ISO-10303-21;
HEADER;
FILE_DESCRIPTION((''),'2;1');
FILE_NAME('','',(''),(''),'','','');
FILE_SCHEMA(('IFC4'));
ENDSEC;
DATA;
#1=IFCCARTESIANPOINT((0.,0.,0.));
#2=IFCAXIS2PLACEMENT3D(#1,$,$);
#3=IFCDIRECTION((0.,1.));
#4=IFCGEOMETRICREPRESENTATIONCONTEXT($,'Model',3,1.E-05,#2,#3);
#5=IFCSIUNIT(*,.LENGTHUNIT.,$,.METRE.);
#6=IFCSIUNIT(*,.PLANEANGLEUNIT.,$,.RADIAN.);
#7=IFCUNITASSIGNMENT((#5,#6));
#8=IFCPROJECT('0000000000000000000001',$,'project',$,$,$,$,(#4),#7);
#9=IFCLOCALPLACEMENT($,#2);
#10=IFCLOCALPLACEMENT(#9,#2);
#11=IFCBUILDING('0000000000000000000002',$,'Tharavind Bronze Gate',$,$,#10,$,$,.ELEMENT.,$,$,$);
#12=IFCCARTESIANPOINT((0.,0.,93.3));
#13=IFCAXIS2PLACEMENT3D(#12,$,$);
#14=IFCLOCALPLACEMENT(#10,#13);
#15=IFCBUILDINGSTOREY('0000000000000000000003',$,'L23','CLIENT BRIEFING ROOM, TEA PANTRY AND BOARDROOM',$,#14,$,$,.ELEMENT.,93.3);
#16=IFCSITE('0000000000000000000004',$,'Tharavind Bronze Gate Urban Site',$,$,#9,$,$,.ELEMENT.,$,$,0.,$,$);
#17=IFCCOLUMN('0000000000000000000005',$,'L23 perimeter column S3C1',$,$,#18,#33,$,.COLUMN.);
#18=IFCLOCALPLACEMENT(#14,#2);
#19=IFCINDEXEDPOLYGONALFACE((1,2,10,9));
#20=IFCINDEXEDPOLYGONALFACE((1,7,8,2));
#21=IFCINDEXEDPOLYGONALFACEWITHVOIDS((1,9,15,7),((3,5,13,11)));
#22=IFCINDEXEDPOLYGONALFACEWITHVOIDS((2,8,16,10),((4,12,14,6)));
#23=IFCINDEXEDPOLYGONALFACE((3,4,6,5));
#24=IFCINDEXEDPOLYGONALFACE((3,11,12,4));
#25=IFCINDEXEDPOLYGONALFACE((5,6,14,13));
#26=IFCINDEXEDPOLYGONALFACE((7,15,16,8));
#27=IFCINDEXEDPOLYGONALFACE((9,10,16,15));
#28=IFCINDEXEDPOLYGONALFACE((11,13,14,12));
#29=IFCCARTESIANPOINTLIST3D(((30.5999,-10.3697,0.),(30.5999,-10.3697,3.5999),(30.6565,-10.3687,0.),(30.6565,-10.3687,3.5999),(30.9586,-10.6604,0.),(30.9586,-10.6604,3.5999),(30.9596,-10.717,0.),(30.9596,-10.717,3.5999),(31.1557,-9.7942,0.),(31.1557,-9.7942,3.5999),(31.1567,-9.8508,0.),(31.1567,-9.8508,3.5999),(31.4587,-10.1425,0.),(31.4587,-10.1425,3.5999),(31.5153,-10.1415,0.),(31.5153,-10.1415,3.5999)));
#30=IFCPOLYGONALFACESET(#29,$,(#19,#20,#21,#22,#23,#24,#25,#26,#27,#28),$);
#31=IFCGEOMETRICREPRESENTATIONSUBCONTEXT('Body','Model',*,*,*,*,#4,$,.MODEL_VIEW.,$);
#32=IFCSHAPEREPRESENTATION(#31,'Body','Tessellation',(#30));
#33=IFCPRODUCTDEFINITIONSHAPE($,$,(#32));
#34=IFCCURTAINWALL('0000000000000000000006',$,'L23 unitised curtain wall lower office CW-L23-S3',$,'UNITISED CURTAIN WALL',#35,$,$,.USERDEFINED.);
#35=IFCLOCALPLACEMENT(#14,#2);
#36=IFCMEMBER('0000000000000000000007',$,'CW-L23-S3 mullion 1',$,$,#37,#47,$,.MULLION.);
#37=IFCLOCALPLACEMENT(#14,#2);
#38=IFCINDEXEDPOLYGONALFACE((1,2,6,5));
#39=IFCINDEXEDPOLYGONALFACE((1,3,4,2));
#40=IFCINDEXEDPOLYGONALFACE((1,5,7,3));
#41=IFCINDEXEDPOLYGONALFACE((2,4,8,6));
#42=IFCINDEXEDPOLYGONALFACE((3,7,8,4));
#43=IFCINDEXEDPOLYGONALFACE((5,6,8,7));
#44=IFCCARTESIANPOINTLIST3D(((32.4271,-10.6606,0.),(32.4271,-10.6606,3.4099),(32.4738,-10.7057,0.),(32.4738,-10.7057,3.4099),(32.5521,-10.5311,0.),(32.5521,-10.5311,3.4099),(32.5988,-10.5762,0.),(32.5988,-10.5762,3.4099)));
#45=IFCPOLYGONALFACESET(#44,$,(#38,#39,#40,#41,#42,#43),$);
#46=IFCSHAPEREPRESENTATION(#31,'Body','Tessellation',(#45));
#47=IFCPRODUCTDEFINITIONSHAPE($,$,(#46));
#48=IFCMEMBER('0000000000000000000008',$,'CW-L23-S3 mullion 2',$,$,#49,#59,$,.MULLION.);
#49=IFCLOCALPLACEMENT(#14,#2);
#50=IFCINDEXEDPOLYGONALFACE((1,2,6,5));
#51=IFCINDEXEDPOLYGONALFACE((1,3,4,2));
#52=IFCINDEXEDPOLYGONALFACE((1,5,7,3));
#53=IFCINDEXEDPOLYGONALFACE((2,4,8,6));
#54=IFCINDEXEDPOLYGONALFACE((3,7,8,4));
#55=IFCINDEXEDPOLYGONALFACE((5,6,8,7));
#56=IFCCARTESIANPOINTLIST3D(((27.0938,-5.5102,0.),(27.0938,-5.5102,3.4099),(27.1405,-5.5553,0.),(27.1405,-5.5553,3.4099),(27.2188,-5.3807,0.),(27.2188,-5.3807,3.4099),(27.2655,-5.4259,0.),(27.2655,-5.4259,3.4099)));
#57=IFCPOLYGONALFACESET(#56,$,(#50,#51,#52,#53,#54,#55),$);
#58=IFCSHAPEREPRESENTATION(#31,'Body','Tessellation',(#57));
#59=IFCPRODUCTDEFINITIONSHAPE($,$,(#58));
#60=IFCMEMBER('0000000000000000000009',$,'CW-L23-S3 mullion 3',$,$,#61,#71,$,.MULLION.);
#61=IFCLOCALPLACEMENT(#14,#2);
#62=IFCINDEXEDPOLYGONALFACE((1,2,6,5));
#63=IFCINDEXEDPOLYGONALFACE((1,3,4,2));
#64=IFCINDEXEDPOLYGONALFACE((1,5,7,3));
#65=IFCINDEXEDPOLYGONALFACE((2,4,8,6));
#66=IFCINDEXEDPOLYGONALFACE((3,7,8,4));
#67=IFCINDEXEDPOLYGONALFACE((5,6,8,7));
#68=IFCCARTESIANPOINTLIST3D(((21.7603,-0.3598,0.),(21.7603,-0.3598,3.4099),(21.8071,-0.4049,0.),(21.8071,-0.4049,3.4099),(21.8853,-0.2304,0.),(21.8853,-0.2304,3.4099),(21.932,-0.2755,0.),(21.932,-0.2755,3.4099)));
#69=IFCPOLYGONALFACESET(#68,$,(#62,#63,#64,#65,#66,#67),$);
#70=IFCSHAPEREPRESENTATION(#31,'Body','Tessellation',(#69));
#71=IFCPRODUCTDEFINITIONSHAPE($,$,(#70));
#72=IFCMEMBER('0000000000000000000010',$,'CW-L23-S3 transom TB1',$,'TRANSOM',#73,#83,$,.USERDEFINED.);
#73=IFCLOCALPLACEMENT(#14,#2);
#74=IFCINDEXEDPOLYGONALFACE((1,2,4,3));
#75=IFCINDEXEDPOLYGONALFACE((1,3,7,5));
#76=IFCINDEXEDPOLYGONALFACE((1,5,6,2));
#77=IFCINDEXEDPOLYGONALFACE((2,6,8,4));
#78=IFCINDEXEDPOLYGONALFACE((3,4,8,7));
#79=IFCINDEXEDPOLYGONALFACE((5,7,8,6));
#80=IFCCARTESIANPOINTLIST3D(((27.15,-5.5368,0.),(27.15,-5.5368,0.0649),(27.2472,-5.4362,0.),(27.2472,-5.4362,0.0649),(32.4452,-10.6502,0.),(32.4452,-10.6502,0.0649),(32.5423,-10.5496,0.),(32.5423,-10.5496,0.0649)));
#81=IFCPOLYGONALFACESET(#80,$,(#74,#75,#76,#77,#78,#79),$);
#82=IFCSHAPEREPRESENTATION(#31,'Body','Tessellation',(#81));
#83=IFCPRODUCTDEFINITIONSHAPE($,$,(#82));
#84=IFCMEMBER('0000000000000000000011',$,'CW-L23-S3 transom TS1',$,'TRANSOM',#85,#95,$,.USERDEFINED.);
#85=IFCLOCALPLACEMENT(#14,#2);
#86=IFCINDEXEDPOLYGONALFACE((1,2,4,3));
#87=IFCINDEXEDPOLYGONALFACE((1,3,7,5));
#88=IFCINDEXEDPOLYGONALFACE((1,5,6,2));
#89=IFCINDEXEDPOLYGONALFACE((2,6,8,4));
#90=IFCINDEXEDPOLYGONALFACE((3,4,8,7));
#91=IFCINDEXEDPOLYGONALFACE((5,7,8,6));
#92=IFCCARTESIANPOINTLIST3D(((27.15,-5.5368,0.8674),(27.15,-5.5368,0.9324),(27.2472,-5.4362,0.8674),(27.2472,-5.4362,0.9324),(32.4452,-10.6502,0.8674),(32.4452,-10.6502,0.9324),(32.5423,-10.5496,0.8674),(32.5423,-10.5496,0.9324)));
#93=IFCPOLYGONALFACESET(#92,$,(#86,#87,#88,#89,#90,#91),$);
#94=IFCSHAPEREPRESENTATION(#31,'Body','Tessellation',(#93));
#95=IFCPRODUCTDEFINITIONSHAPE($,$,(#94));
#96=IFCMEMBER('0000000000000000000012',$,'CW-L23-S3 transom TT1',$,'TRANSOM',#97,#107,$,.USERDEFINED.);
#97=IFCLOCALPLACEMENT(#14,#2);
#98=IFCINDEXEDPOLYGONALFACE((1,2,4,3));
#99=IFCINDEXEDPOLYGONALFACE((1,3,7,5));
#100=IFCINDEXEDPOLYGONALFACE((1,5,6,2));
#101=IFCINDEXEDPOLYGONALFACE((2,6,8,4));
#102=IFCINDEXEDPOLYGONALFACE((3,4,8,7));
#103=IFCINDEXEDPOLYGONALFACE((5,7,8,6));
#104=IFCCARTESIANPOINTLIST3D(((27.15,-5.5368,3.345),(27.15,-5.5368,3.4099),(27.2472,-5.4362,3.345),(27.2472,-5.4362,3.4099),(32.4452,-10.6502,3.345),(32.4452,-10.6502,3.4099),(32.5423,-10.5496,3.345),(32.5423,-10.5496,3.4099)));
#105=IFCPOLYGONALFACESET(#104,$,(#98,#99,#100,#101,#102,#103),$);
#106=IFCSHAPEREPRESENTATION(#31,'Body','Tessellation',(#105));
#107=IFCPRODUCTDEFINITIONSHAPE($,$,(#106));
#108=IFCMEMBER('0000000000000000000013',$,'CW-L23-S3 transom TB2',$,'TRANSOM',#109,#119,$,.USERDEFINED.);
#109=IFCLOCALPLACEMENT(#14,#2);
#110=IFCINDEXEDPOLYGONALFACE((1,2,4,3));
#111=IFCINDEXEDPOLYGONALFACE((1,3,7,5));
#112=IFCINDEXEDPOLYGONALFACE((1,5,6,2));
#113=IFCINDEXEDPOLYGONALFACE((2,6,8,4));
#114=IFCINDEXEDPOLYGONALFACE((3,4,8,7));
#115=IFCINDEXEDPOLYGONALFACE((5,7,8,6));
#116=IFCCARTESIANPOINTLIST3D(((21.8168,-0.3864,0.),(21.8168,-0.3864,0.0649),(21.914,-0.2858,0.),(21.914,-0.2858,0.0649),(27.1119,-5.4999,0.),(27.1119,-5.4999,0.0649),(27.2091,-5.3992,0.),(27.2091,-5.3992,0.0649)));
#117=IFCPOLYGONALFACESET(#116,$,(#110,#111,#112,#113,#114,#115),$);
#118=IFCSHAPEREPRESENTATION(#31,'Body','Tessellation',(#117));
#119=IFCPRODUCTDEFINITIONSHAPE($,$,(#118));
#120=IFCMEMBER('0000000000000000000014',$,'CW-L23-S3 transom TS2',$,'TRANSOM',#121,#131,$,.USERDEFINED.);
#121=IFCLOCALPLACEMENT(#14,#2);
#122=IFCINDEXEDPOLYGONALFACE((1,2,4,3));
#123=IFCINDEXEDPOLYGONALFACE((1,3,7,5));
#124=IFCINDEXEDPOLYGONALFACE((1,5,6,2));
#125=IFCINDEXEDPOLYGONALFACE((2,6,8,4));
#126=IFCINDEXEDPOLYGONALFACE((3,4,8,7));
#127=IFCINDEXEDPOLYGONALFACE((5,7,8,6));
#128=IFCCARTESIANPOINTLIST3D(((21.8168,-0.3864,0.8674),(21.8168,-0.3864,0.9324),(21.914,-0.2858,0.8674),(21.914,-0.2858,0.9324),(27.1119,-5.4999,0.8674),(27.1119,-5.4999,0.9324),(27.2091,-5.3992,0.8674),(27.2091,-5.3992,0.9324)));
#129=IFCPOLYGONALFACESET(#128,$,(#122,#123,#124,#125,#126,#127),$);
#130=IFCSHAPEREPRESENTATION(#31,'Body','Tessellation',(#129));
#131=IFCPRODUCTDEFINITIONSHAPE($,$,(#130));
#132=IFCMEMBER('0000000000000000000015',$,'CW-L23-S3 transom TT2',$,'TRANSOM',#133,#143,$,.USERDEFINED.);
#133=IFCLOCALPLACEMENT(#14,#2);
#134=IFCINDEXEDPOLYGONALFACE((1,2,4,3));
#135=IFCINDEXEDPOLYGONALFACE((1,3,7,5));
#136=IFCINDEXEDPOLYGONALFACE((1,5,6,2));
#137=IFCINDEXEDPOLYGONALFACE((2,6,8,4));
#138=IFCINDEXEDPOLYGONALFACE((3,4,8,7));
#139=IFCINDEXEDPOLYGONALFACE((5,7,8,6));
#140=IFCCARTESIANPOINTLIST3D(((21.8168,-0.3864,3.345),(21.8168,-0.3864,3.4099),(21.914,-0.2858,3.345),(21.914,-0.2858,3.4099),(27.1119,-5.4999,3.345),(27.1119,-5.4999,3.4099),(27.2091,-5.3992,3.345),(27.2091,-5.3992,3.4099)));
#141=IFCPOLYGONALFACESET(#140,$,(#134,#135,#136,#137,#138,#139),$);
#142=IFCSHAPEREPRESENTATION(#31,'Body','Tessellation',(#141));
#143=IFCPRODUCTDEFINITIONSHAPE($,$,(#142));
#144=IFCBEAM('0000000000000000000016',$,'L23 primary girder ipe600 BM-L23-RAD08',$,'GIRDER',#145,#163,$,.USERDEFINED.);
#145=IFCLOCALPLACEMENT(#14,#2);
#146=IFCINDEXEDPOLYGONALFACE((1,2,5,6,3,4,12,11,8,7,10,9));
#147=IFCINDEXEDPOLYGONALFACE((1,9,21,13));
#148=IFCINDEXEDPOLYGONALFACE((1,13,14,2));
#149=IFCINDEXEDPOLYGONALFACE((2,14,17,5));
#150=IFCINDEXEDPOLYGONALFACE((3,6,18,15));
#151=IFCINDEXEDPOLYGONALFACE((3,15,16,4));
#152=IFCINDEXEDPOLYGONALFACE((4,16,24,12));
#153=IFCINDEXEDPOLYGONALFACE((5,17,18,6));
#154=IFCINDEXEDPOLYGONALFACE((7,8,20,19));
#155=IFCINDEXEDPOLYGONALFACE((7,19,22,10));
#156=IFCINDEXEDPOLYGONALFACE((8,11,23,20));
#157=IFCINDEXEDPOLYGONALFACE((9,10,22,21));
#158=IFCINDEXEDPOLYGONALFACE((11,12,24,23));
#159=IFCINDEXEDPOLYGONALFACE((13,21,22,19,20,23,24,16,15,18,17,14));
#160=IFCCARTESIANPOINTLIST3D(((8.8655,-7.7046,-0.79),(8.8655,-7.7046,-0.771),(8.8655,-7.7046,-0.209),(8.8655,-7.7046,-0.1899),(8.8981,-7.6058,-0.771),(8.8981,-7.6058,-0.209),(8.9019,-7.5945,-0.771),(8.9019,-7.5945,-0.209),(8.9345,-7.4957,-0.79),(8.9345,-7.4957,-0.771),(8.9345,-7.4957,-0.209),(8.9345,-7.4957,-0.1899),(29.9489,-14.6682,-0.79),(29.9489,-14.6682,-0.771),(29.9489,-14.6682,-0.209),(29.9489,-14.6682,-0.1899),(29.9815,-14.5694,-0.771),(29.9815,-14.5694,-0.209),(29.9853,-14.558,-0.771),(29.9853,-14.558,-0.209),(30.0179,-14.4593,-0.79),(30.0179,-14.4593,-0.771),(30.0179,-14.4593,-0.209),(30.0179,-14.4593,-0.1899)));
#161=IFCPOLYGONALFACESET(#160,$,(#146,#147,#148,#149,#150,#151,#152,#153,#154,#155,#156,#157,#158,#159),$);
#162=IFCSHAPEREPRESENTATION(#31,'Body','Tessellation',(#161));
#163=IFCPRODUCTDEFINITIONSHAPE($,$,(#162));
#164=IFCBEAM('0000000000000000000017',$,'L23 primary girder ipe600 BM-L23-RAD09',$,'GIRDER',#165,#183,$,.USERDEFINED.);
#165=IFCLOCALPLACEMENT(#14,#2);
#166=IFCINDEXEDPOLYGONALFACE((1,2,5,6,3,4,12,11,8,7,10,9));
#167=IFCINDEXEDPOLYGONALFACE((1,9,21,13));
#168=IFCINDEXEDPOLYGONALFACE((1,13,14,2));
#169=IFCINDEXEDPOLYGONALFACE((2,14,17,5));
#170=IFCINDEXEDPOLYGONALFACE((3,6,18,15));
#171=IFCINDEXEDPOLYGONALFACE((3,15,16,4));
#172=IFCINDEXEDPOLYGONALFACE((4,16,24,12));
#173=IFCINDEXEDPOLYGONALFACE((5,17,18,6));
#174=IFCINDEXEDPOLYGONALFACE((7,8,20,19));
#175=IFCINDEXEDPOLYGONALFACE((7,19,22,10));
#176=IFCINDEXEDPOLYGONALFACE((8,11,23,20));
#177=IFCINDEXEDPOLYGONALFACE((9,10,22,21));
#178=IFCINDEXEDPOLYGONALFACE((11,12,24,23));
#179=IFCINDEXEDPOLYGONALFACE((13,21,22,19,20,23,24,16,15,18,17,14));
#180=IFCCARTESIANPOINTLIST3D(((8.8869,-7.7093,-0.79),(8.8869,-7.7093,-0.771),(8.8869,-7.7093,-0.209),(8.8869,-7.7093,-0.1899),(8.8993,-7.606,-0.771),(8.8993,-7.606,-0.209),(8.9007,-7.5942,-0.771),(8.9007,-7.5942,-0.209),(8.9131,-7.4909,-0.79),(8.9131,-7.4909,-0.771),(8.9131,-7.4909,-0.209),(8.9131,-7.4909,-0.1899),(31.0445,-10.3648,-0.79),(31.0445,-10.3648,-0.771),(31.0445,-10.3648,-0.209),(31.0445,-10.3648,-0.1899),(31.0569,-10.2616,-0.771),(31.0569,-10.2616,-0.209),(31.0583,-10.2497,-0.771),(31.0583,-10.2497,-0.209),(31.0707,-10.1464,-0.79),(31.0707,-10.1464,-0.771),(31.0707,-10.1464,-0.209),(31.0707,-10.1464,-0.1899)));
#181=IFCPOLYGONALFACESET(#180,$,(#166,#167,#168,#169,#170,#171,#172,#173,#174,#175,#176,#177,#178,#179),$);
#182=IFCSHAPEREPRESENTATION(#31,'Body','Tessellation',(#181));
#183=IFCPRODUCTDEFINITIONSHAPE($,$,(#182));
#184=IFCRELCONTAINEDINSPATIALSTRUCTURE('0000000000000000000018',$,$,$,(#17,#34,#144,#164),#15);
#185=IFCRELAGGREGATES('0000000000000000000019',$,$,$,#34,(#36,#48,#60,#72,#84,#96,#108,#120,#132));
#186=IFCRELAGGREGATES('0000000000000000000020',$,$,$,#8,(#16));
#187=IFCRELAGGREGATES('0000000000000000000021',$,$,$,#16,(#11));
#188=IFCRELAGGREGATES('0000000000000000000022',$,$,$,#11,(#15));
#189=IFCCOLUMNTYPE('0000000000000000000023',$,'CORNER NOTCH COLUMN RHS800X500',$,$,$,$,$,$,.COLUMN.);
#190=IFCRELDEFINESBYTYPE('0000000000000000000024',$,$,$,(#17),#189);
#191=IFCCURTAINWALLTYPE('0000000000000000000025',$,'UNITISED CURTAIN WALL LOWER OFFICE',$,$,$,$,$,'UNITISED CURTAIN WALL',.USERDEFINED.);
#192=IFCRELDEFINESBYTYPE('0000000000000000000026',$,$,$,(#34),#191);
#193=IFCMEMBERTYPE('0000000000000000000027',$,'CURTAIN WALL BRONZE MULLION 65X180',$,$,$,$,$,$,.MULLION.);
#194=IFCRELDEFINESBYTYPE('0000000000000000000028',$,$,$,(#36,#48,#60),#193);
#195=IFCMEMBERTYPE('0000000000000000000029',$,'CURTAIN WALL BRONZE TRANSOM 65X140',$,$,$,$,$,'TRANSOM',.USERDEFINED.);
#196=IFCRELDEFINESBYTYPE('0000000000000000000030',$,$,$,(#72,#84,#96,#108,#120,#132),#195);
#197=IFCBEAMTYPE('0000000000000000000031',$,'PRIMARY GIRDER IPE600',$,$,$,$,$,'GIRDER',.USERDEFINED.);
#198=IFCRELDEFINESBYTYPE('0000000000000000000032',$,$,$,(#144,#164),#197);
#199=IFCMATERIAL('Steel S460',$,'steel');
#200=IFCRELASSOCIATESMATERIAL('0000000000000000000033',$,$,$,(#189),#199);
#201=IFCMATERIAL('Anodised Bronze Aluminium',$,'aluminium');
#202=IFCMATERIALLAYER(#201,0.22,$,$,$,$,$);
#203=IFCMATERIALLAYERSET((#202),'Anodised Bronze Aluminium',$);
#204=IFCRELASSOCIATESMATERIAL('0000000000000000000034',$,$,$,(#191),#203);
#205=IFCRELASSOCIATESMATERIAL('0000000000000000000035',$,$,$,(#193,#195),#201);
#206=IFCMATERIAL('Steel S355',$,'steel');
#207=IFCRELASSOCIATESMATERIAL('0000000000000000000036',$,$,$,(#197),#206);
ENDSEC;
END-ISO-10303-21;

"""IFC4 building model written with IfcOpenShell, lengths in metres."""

from ifc_helpers import new_model, si_unit, direction, frame, origin, origin_2d, place, context, subcontext, project, spatial, rectangle, hollow_rectangle, i_section, extrude, material, layer, layer_set, material_profile, profile_set, type_object, element, aggregate, save


model = new_model("IFC4")

# Units and contexts
model_context = context("Model", 3, precision=1e-05, world=origin(), true_north=direction((0.0, 1.0)))
body_context = subcontext(model_context, "Body", "Model", "MODEL_VIEW")
ifc_project = project(units=[si_unit("LENGTHUNIT", "METRE"), si_unit("PLANEANGLEUNIT", "RADIAN")], contexts=[model_context])

# Site, building, storey
site_placement = place(None, origin())
site = spatial("IfcSite", under=ifc_project, at=site_placement, Name="Tharavind Bronze Gate Urban Site", CompositionType="ELEMENT", RefElevation=0.0)
building_placement = place(site_placement, origin())
building = spatial("IfcBuilding", under=site, at=building_placement, Name="Tharavind Bronze Gate", CompositionType="ELEMENT")
storey_placement = place(building_placement, frame((0.0, 0.0, 93.3)))
storey = spatial("IfcBuildingStorey", under=building, at=storey_placement, Name="L23", Description="CLIENT BRIEFING ROOM, TEA PANTRY AND BOARDROOM", CompositionType="ELEMENT", Elevation=93.3)

# Column
ifc_material_1 = material(Name="Steel S460", Category="steel")
ifc_material_profile_1 = material_profile(ifc_material_1, hollow_rectangle(XDim=0.5, YDim=0.8, WallThickness=0.04, at=origin_2d()), Name="RHS800X500X40")
ifc_profile_set_1 = profile_set([ifc_material_profile_1], Name="Steel S460")
column_type = type_object("IfcColumnType", Name="CORNER NOTCH COLUMN RHS800X500", PredefinedType="COLUMN", material=ifc_profile_set_1)
column_placement = place(storey_placement, frame((31.0576, -10.2556, 0.0), z_axis=(0.0, 0.0, 1.0), x_axis=(-0.71934, 0.694658, 0.0)))
element("IfcColumn", 1, at=column_placement, inside=storey, type_object=column_type, Name="L23 perimeter column S3C1", PredefinedType="COLUMN", context=body_context, shape_type="SweptSolid", body=[
    extrude(hollow_rectangle(XDim=0.5, YDim=0.8, WallThickness=0.04, at=origin_2d()), origin(), (0.0, 0.0, 1.0), 3.5999),
])

# Curtain wall, members
ifc_material_2 = material(Name="Anodised Bronze Aluminium", Category="aluminium")
ifc_layer_1 = layer(ifc_material_2, 0.22)
ifc_layer_set_1 = layer_set([ifc_layer_1], Name="Anodised Bronze Aluminium")
curtain_wall_type = type_object("IfcCurtainWallType", Name="UNITISED CURTAIN WALL LOWER OFFICE", ElementType="UNITISED CURTAIN WALL", PredefinedType="USERDEFINED", material=ifc_layer_set_1)
curtain_wall_placement = place(storey_placement, origin())
curtain_wall = element("IfcCurtainWall", 2, at=curtain_wall_placement, inside=storey, type_object=curtain_wall_type, Name="L23 unitised curtain wall lower office CW-L23-S3", ObjectType="UNITISED CURTAIN WALL", PredefinedType="USERDEFINED")
member_type_1 = type_object("IfcMemberType", Name="CURTAIN WALL BRONZE MULLION 65X180", PredefinedType="MULLION", material=ifc_material_2)
member_1_placement = place(storey_placement, frame((32.5129, -10.6184, 0.0), z_axis=(0.0, 0.0, 1.0), x_axis=(-0.719341, 0.694657, 0.0)))
member_1 = element("IfcMember", 3, at=member_1_placement, type_object=member_type_1, Name="CW-L23-S3 mullion 1", PredefinedType="MULLION", context=body_context, shape_type="SweptSolid", body=[
    extrude(rectangle(XDim=0.0649, YDim=0.1799, at=origin_2d()), origin(), (0.0, 0.0, 1.0), 3.4099),
])
member_2_placement = place(storey_placement, frame((27.1797, -5.468, 0.0), z_axis=(0.0, 0.0, 1.0), x_axis=(-0.719341, 0.694657, 0.0)))
member_2 = element("IfcMember", 4, at=member_2_placement, type_object=member_type_1, Name="CW-L23-S3 mullion 2", PredefinedType="MULLION", context=body_context, shape_type="SweptSolid", body=[
    extrude(rectangle(XDim=0.0649, YDim=0.1799, at=origin_2d()), origin(), (0.0, 0.0, 1.0), 3.4099),
])
member_3_placement = place(storey_placement, frame((21.8462, -0.3176, 0.0), z_axis=(0.0, 0.0, 1.0), x_axis=(-0.719341, 0.694657, 0.0)))
member_3 = element("IfcMember", 5, at=member_3_placement, type_object=member_type_1, Name="CW-L23-S3 mullion 3", PredefinedType="MULLION", context=body_context, shape_type="SweptSolid", body=[
    extrude(rectangle(XDim=0.0649, YDim=0.1799, at=origin_2d()), origin(), (0.0, 0.0, 1.0), 3.4099),
])
member_type_2 = type_object("IfcMemberType", Name="CURTAIN WALL BRONZE TRANSOM 65X140", ElementType="TRANSOM", PredefinedType="USERDEFINED", material=ifc_material_2)
member_4_placement = place(storey_placement, frame((29.8462, -8.0432, 0.0), z_axis=(0.0, 0.0, 1.0), x_axis=(-0.719341, 0.694657, 0.0)))
member_4 = element("IfcMember", 6, at=member_4_placement, type_object=member_type_2, Name="CW-L23-S3 transom TB1", ObjectType="TRANSOM", PredefinedType="USERDEFINED", context=body_context, shape_type="SweptSolid", body=[
    extrude(rectangle(XDim=7.3611, YDim=0.1399, at=origin_2d()), origin(), (0.0, 0.0, 1.0), 0.0649),
])
member_5_placement = place(storey_placement, frame((29.8462, -8.0432, 0.8674), z_axis=(0.0, 0.0, 1.0), x_axis=(-0.719341, 0.694657, 0.0)))
member_5 = element("IfcMember", 7, at=member_5_placement, type_object=member_type_2, Name="CW-L23-S3 transom TS1", ObjectType="TRANSOM", PredefinedType="USERDEFINED", context=body_context, shape_type="SweptSolid", body=[
    extrude(rectangle(XDim=7.3611, YDim=0.1399, at=origin_2d()), origin(), (0.0, 0.0, 1.0), 0.0649),
])
member_6_placement = place(storey_placement, frame((29.8462, -8.0432, 3.345), z_axis=(0.0, 0.0, 1.0), x_axis=(-0.719341, 0.694657, 0.0)))
member_6 = element("IfcMember", 8, at=member_6_placement, type_object=member_type_2, Name="CW-L23-S3 transom TT1", ObjectType="TRANSOM", PredefinedType="USERDEFINED", context=body_context, shape_type="SweptSolid", body=[
    extrude(rectangle(XDim=7.3611, YDim=0.1399, at=origin_2d()), origin(), (0.0, 0.0, 1.0), 0.0649),
])
member_7_placement = place(storey_placement, frame((24.5129, -2.8928, 0.0), z_axis=(0.0, 0.0, 1.0), x_axis=(-0.719341, 0.694657, 0.0)))
member_7 = element("IfcMember", 9, at=member_7_placement, type_object=member_type_2, Name="CW-L23-S3 transom TB2", ObjectType="TRANSOM", PredefinedType="USERDEFINED", context=body_context, shape_type="SweptSolid", body=[
    extrude(rectangle(XDim=7.3611, YDim=0.1399, at=origin_2d()), origin(), (0.0, 0.0, 1.0), 0.0649),
])
member_8_placement = place(storey_placement, frame((24.5129, -2.8928, 0.8674), z_axis=(0.0, 0.0, 1.0), x_axis=(-0.719341, 0.694657, 0.0)))
member_8 = element("IfcMember", 10, at=member_8_placement, type_object=member_type_2, Name="CW-L23-S3 transom TS2", ObjectType="TRANSOM", PredefinedType="USERDEFINED", context=body_context, shape_type="SweptSolid", body=[
    extrude(rectangle(XDim=7.3611, YDim=0.1399, at=origin_2d()), origin(), (0.0, 0.0, 1.0), 0.0649),
])
member_9_placement = place(storey_placement, frame((24.5129, -2.8928, 3.345), z_axis=(0.0, 0.0, 1.0), x_axis=(-0.719341, 0.694657, 0.0)))
member_9 = element("IfcMember", 11, at=member_9_placement, type_object=member_type_2, Name="CW-L23-S3 transom TT2", ObjectType="TRANSOM", PredefinedType="USERDEFINED", context=body_context, shape_type="SweptSolid", body=[
    extrude(rectangle(XDim=7.3611, YDim=0.1399, at=origin_2d()), origin(), (0.0, 0.0, 1.0), 0.0649),
])

# Beams
ifc_material_3 = material(Name="Steel S355", Category="steel")
ifc_material_profile_2 = material_profile(ifc_material_3, i_section(OverallWidth=0.22, OverallDepth=0.6001, WebThickness=0.012, FlangeThickness=0.019, at=origin_2d()), Name="IPE600")
ifc_profile_set_2 = profile_set([ifc_material_profile_2], Name="Steel S355")
beam_type_1 = type_object("IfcBeamType", Name="PRIMARY GIRDER IPE600", ElementType="GIRDER", PredefinedType="USERDEFINED", material=ifc_profile_set_2)
beam_1_placement = place(storey_placement, frame((29.9834, -14.5637, -0.49), z_axis=(-0.949547, 0.313624, 0.0), x_axis=(-0.313624, -0.949547, 0.0)))
element("IfcBeam", 12, at=beam_1_placement, inside=storey, type_object=beam_type_1, Name="L23 primary girder ipe600 BM-L23-RAD08", ObjectType="GIRDER", PredefinedType="USERDEFINED", context=body_context, shape_type="SweptSolid", body=[
    extrude(i_section(OverallWidth=0.22, OverallDepth=0.6001, WebThickness=0.012, FlangeThickness=0.019, at=origin_2d()), origin(), (0.0, 0.0, 1.0), 22.2036),
])
beam_2_placement = place(storey_placement, frame((31.0576, -10.2556, -0.49), z_axis=(-0.992895, 0.118995, 0.0), x_axis=(-0.118995, -0.992895, 0.0)))
element("IfcBeam", 13, at=beam_2_placement, inside=storey, type_object=beam_type_1, Name="L23 primary girder ipe600 BM-L23-RAD09", ObjectType="GIRDER", PredefinedType="USERDEFINED", context=body_context, shape_type="SweptSolid", body=[
    extrude(i_section(OverallWidth=0.22, OverallDepth=0.6001, WebThickness=0.012, FlangeThickness=0.019, at=origin_2d()), origin(), (0.0, 0.0, 1.0), 22.3162),
])

aggregate(curtain_wall, [member_1, member_2, member_3, member_4, member_5, member_6, member_7, member_8, member_9])

save(model, "model.ifc")
